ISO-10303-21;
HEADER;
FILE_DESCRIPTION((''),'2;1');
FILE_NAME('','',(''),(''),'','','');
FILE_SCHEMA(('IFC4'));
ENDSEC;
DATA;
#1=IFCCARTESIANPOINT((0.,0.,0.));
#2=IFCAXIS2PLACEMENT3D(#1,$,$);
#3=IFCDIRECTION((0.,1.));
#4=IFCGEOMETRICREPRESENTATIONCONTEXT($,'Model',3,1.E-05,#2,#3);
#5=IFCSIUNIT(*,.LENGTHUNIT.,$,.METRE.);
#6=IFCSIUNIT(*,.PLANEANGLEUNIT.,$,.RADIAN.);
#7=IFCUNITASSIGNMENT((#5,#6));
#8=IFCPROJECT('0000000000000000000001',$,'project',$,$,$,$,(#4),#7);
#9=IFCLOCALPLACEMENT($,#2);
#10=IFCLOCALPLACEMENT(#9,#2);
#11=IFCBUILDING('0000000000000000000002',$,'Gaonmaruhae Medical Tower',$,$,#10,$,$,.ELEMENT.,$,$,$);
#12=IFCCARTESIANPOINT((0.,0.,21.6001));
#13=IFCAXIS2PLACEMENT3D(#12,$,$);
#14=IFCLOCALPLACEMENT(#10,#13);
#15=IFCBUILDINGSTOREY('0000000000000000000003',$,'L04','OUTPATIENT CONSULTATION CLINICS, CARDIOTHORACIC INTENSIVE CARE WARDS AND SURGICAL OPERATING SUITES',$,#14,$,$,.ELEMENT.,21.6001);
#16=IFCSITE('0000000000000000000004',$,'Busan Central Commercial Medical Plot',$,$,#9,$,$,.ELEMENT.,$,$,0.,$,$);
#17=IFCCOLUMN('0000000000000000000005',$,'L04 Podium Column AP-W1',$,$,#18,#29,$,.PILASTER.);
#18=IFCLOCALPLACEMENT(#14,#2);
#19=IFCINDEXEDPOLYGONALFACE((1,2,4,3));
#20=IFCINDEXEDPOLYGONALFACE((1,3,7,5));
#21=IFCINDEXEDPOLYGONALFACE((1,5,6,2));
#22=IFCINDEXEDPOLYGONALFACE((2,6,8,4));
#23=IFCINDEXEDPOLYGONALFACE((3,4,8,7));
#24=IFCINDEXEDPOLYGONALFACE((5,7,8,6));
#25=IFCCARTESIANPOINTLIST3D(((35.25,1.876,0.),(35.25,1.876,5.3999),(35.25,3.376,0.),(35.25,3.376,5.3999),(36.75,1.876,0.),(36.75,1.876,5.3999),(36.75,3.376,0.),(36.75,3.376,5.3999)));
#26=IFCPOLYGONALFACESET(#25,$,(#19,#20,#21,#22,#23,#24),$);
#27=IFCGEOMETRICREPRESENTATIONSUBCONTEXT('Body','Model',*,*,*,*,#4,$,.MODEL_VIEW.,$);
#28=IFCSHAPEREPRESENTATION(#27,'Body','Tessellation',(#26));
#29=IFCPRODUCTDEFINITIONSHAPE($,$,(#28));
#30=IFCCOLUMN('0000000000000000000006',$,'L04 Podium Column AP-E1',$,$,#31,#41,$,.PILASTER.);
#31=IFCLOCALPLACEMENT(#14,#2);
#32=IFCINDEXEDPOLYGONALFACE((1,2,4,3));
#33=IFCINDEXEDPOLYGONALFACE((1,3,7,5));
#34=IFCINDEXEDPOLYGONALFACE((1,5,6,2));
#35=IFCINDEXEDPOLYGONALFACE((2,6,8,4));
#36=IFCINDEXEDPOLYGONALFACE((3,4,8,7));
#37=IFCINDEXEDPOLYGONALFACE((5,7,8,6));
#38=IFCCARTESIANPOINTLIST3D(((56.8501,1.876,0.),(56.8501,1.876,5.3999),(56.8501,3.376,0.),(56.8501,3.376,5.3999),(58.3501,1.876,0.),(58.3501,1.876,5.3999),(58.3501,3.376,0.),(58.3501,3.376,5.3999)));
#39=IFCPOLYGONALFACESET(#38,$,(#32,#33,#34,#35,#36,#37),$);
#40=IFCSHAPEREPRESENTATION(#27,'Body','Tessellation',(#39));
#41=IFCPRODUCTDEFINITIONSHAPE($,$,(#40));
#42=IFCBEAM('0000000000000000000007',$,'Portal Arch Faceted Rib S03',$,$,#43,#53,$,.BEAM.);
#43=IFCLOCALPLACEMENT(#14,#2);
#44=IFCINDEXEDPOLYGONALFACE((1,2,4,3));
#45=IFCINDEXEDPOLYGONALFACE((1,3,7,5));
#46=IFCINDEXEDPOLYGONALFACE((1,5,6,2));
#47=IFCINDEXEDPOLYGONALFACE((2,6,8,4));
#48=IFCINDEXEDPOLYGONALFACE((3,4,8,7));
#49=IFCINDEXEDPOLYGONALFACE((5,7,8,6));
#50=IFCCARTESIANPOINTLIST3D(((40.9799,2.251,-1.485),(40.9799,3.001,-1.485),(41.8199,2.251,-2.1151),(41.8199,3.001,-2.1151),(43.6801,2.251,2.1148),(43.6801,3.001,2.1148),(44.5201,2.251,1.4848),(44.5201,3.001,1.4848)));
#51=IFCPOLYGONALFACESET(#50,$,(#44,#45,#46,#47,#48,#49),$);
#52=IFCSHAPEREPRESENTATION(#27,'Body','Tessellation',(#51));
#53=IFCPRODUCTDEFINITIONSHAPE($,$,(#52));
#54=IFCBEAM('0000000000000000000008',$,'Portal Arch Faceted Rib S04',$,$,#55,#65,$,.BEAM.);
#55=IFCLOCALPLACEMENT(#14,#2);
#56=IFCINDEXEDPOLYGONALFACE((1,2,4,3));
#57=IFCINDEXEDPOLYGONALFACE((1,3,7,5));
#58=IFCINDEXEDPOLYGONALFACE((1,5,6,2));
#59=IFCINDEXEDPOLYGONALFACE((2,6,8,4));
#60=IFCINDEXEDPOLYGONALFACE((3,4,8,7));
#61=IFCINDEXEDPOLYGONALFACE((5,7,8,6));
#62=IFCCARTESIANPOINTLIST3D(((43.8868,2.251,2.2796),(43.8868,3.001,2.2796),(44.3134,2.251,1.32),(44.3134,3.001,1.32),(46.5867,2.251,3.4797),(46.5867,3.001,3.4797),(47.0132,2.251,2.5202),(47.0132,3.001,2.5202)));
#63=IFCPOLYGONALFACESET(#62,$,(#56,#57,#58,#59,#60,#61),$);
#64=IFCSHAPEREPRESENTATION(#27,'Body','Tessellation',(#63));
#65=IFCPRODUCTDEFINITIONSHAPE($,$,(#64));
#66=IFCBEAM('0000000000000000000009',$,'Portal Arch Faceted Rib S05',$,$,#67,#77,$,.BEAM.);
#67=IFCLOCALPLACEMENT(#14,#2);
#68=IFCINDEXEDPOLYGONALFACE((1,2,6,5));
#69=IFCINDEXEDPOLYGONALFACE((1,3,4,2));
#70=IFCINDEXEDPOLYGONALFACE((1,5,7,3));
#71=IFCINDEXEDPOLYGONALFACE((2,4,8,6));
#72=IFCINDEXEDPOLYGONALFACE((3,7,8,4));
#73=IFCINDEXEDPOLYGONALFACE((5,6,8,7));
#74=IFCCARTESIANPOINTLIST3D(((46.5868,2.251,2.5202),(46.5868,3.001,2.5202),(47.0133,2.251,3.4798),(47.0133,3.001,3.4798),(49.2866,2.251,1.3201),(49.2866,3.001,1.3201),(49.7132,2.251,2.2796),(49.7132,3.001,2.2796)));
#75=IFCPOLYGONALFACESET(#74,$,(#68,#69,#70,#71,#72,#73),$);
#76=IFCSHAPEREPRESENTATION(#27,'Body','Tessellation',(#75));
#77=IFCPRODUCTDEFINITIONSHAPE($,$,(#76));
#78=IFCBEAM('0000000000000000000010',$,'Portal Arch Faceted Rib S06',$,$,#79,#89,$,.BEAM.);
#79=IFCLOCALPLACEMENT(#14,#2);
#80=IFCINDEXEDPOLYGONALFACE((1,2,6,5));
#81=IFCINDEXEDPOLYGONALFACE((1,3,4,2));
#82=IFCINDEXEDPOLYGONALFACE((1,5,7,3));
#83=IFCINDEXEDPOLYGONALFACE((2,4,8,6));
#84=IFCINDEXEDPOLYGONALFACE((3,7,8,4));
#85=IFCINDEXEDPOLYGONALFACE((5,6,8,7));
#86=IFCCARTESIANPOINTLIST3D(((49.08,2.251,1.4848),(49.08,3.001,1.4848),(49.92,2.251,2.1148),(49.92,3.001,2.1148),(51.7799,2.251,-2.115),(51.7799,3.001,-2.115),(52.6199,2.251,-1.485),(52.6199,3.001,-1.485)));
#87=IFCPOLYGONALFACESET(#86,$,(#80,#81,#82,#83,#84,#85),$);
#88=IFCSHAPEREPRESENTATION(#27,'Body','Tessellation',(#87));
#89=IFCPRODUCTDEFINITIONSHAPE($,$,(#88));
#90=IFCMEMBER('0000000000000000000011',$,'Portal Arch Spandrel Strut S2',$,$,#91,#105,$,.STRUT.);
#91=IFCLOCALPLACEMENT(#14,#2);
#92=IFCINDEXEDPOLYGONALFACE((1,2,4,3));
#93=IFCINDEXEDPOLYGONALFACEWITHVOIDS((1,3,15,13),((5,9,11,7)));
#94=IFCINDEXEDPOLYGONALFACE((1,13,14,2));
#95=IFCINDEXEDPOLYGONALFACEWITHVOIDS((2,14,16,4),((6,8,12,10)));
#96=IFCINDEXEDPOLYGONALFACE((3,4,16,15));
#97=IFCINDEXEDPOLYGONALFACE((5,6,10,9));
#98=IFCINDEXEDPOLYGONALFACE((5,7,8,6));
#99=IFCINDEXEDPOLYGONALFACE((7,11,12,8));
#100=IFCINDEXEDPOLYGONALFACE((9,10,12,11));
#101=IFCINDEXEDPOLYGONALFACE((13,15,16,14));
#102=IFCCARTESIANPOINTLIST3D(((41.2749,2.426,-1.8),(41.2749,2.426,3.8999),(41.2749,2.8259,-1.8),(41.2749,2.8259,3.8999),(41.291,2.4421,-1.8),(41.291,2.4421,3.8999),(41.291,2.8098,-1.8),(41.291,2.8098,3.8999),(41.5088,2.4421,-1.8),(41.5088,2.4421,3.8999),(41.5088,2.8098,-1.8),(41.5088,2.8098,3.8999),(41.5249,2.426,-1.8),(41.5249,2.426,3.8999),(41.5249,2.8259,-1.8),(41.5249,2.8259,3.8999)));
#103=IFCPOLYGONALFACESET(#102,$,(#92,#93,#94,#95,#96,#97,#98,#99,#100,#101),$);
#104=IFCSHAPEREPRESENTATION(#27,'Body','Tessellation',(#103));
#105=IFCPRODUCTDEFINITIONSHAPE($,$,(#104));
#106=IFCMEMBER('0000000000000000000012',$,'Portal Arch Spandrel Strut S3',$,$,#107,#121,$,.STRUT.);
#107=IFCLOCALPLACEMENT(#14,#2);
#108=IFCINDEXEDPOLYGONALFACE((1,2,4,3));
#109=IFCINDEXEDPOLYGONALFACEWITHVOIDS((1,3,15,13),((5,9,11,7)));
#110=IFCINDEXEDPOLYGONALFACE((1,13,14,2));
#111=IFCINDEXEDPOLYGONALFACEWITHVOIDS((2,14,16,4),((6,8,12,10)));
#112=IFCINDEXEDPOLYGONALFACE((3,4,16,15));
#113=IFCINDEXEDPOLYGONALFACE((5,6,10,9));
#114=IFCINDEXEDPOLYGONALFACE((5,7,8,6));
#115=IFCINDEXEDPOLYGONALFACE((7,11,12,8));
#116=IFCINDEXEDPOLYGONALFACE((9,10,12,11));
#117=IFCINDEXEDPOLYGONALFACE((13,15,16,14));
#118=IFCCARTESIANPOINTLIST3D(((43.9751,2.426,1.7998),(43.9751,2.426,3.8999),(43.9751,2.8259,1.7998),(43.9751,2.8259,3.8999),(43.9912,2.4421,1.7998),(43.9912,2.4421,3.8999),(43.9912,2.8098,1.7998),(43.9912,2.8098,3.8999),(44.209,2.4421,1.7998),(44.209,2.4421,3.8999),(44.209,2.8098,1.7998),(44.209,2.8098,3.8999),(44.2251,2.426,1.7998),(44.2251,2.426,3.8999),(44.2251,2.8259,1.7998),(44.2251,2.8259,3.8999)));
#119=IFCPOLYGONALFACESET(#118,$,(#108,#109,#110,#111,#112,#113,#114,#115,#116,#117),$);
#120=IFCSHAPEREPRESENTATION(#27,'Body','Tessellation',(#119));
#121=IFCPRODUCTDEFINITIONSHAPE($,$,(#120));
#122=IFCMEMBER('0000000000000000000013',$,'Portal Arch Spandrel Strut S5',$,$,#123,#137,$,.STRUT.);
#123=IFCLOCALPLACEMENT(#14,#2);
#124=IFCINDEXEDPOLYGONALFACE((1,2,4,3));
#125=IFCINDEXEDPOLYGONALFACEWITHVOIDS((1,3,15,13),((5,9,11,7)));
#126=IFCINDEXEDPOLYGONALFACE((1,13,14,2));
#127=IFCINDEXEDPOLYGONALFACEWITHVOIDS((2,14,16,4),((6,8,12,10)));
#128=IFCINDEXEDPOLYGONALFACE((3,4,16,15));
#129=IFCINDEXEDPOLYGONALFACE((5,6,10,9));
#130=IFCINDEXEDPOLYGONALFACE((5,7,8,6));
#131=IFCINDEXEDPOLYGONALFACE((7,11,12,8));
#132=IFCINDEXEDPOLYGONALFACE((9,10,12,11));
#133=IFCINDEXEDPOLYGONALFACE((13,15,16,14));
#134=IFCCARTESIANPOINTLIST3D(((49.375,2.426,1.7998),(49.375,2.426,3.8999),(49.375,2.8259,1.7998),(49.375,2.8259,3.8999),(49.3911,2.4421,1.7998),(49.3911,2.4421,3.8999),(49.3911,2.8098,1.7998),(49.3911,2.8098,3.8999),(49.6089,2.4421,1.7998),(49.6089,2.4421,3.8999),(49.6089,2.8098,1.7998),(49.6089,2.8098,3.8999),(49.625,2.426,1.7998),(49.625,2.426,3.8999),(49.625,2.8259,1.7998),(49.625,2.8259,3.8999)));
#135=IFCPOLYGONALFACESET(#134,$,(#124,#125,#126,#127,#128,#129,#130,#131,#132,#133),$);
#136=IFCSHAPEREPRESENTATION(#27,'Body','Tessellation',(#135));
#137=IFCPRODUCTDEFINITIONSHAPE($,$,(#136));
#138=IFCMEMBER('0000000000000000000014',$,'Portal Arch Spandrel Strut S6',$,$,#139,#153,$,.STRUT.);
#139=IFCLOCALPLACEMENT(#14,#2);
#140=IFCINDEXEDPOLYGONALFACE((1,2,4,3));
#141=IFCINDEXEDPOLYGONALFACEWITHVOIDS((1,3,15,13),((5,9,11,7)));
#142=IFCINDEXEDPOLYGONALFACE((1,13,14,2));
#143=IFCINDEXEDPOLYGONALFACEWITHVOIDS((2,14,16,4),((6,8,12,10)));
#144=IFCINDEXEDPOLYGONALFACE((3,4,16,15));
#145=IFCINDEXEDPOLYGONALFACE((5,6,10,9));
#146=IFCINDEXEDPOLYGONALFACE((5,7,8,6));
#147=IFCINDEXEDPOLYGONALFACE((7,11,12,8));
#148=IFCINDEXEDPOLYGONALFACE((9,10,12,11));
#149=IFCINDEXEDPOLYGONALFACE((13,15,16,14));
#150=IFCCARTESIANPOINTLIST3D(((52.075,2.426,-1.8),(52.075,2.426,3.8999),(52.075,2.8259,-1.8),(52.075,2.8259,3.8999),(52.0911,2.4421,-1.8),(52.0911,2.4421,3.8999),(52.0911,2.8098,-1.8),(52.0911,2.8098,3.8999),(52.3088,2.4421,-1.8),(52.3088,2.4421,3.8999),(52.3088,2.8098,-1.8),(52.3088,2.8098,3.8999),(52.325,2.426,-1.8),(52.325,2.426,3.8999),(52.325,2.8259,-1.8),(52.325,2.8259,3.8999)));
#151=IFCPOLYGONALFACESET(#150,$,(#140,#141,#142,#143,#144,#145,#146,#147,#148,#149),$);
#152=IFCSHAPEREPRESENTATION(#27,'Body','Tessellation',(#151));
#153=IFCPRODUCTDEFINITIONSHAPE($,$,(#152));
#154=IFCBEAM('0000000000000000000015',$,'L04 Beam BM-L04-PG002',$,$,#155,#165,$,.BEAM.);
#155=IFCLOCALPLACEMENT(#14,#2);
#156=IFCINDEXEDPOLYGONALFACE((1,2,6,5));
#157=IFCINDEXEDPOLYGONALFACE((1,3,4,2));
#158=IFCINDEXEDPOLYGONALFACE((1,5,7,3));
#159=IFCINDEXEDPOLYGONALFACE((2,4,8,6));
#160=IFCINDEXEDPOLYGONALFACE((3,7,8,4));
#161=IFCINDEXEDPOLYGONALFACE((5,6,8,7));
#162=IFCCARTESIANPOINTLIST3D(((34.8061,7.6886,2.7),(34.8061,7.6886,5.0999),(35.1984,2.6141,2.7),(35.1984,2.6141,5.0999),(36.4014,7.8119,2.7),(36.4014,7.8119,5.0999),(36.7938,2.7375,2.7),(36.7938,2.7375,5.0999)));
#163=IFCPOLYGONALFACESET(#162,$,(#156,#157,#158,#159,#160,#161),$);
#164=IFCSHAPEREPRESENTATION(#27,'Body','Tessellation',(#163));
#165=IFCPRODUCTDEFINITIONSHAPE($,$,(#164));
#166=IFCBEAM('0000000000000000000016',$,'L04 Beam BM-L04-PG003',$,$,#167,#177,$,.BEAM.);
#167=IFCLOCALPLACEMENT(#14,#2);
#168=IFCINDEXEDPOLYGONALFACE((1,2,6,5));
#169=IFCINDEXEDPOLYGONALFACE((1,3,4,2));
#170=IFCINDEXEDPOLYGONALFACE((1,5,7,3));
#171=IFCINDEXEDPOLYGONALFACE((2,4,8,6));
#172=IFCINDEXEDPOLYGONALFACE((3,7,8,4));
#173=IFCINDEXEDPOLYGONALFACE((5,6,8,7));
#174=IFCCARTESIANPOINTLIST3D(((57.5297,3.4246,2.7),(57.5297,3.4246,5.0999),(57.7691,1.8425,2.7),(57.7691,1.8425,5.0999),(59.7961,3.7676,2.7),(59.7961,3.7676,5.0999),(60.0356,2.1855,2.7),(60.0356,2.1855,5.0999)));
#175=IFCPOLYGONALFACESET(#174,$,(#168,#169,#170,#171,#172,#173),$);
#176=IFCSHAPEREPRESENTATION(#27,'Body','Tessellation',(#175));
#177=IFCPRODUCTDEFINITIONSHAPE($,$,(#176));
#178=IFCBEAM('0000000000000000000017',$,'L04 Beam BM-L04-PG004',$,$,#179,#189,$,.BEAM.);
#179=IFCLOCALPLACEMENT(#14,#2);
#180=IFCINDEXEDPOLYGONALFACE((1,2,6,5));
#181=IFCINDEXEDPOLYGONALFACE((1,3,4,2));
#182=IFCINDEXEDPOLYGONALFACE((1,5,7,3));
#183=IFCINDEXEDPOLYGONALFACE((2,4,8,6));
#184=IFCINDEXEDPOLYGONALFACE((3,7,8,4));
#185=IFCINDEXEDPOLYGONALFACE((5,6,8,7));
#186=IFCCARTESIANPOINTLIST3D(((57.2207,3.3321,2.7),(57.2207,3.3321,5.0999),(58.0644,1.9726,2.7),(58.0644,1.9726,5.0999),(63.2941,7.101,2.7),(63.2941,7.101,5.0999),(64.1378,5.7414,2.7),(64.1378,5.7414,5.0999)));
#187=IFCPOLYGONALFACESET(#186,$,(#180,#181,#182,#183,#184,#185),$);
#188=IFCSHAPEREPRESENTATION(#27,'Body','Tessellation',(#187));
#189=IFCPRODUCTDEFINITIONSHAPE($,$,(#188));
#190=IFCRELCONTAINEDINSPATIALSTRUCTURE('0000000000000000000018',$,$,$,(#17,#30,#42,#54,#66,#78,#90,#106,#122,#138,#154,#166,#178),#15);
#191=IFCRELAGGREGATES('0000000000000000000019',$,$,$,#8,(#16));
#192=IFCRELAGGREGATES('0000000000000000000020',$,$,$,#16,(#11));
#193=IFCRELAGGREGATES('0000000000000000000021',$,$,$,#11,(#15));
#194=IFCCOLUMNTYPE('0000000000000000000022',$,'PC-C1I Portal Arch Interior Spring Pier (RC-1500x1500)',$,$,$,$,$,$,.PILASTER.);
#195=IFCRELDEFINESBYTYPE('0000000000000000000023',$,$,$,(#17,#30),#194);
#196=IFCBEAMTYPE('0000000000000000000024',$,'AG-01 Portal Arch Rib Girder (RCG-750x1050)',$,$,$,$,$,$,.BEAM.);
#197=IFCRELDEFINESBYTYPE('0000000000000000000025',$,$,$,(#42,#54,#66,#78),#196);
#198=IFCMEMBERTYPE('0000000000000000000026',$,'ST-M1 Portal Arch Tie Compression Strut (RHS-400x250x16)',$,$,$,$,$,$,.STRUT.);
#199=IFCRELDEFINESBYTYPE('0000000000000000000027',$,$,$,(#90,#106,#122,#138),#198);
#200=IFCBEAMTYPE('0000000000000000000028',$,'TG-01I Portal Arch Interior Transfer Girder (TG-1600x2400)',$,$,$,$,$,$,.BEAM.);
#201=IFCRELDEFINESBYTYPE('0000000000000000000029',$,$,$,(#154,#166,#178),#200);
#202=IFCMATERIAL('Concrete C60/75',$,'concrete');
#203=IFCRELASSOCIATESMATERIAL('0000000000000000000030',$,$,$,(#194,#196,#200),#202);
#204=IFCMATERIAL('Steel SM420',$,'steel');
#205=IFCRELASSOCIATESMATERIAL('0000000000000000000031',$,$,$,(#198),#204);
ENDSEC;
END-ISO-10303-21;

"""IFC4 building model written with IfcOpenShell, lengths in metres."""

from ifc_helpers import new_model, si_unit, direction, frame, origin, origin_2d, place, context, subcontext, project, spatial, rectangle, hollow_rectangle, extrude, material, material_profile, profile_set, type_object, element, save


model = new_model("IFC4")

# Units and contexts
model_context = context("Model", 3, precision=1e-05, world=origin(), true_north=direction((0.0, 1.0)))
body_context = subcontext(model_context, "Body", "Model", "MODEL_VIEW")
ifc_project = project(units=[si_unit("LENGTHUNIT", "METRE"), si_unit("PLANEANGLEUNIT", "RADIAN")], contexts=[model_context])

# Site, building, storey
site_placement = place(None, origin())
site = spatial("IfcSite", under=ifc_project, at=site_placement, Name="Busan Central Commercial Medical Plot", CompositionType="ELEMENT", RefElevation=0.0)
building_placement = place(site_placement, origin())
building = spatial("IfcBuilding", under=site, at=building_placement, Name="Gaonmaruhae Medical Tower", CompositionType="ELEMENT")
storey_placement = place(building_placement, frame((0.0, 0.0, 21.6001)))
storey = spatial("IfcBuildingStorey", under=building, at=storey_placement, Name="L04", Description="OUTPATIENT CONSULTATION CLINICS, CARDIOTHORACIC INTENSIVE CARE WARDS AND SURGICAL OPERATING SUITES", CompositionType="ELEMENT", Elevation=21.6001)

# Columns
ifc_material_1 = material(Name="Concrete C60/75", Category="concrete")
ifc_material_profile_1 = material_profile(ifc_material_1, rectangle(XDim=1.5, YDim=1.5, at=origin_2d()), Name="RC-1500x1500")
ifc_profile_set_1 = profile_set([ifc_material_profile_1], Name="Concrete C60/75")
column_type = type_object("IfcColumnType", Name="PC-C1I Portal Arch Interior Spring Pier (RC-1500x1500)", PredefinedType="PILASTER", material=ifc_profile_set_1)
for number, where, z_axis, x_axis, name in (
    (1, (36.0, 2.626, 0.0), (0.0, 0.0, 1.0), (1.0, 0.0, 0.0), "L04 Podium Column AP-W1"),
    (2, (57.6001, 2.626, 0.0), (0.0, 0.0, 1.0), (1.0, 0.0, 0.0), "L04 Podium Column AP-E1"),
):
    element("IfcColumn", number, at=place(storey_placement, frame(where, z_axis=z_axis, x_axis=x_axis)), inside=storey, type_object=column_type, Name=name, PredefinedType="PILASTER", context=body_context, shape_type="SweptSolid", body=[
        extrude(rectangle(XDim=1.5, YDim=1.5, at=origin_2d()), origin(), (0.0, 0.0, 1.0), 5.3999),
    ])

# Beams
ifc_material_profile_2 = material_profile(ifc_material_1, rectangle(XDim=0.75, YDim=1.05, at=origin_2d()), Name="RCG-750x1050")
ifc_profile_set_2 = profile_set([ifc_material_profile_2], Name="Concrete C60/75")
beam_type_1 = type_object("IfcBeamType", Name="AG-01 Portal Arch Rib Girder (RCG-750x1050)", PredefinedType="BEAM", material=ifc_profile_set_2)
beam_1_placement = place(storey_placement, frame((41.3999, 2.626, -1.8), z_axis=(0.600043, 0.0, 0.799967), x_axis=(0.0, 1.0, 0.0)))
element("IfcBeam", 3, at=beam_1_placement, inside=storey, type_object=beam_type_1, Name="Portal Arch Faceted Rib S03", PredefinedType="BEAM", context=body_context, shape_type="SweptSolid", body=[
    extrude(rectangle(XDim=0.75, YDim=1.05, at=origin_2d()), origin(), (0.0, 0.0, 1.0), 4.5),
])
for number, where, z_axis, x_axis, name in (
    (4, (44.1001, 2.626, 1.7998), (0.913784, 0.0, 0.4062), (0.0, 1.0, 0.0), "Portal Arch Faceted Rib S04"),
    (5, (46.8, 2.626, 3.0), (0.913784, 0.0, -0.4062), (0.0, 1.0, 0.0), "Portal Arch Faceted Rib S05"),
):
    element("IfcBeam", number, at=place(storey_placement, frame(where, z_axis=z_axis, x_axis=x_axis)), inside=storey, type_object=beam_type_1, Name=name, PredefinedType="BEAM", context=body_context, shape_type="SweptSolid", body=[
        extrude(rectangle(XDim=0.75, YDim=1.05, at=origin_2d()), origin(), (0.0, 0.0, 1.0), 2.9546),
    ])
beam_2_placement = place(storey_placement, frame((49.5, 2.626, 1.7998), z_axis=(0.600009, 0.0, -0.799993), x_axis=(0.0, 1.0, 0.0)))
element("IfcBeam", 6, at=beam_2_placement, inside=storey, type_object=beam_type_1, Name="Portal Arch Faceted Rib S06", PredefinedType="BEAM", context=body_context, shape_type="SweptSolid", body=[
    extrude(rectangle(XDim=0.75, YDim=1.05, at=origin_2d()), origin(), (0.0, 0.0, 1.0), 4.4998),
])

# Members
ifc_material_2 = material(Name="Steel SM420", Category="steel")
ifc_material_profile_3 = material_profile(ifc_material_2, hollow_rectangle(XDim=0.25, YDim=0.3999, WallThickness=0.0161, at=origin_2d()), Name="RHS-400x250x16")
ifc_profile_set_3 = profile_set([ifc_material_profile_3], Name="Steel SM420")
member_type = type_object("IfcMemberType", Name="ST-M1 Portal Arch Tie Compression Strut (RHS-400x250x16)", PredefinedType="STRUT", material=ifc_profile_set_3)
member_1_placement = place(storey_placement, frame((41.3999, 2.626, -1.8), z_axis=(0.0, 0.0, 1.0), x_axis=(1.0, 0.0, 0.0)))
element("IfcMember", 7, at=member_1_placement, inside=storey, type_object=member_type, Name="Portal Arch Spandrel Strut S2", PredefinedType="STRUT", context=body_context, shape_type="SweptSolid", body=[
    extrude(hollow_rectangle(XDim=0.25, YDim=0.3999, WallThickness=0.0161, at=origin_2d()), origin(), (0.0, 0.0, 1.0), 5.7),
])
for number, where, z_axis, x_axis, name in (
    (8, (44.1001, 2.626, 1.7998), (0.0, 0.0, 1.0), (1.0, 0.0, 0.0), "Portal Arch Spandrel Strut S3"),
    (9, (49.5, 2.626, 1.7998), (0.0, 0.0, 1.0), (1.0, 0.0, 0.0), "Portal Arch Spandrel Strut S5"),
):
    element("IfcMember", number, at=place(storey_placement, frame(where, z_axis=z_axis, x_axis=x_axis)), inside=storey, type_object=member_type, Name=name, PredefinedType="STRUT", context=body_context, shape_type="SweptSolid", body=[
        extrude(hollow_rectangle(XDim=0.25, YDim=0.3999, WallThickness=0.0161, at=origin_2d()), origin(), (0.0, 0.0, 1.0), 2.1001),
    ])
member_2_placement = place(storey_placement, frame((52.2, 2.626, -1.8), z_axis=(0.0, 0.0, 1.0), x_axis=(1.0, 0.0, 0.0)))
element("IfcMember", 10, at=member_2_placement, inside=storey, type_object=member_type, Name="Portal Arch Spandrel Strut S6", PredefinedType="STRUT", context=body_context, shape_type="SweptSolid", body=[
    extrude(hollow_rectangle(XDim=0.25, YDim=0.3999, WallThickness=0.0161, at=origin_2d()), origin(), (0.0, 0.0, 1.0), 5.7),
])

# Beams
ifc_material_profile_4 = material_profile(ifc_material_1, rectangle(XDim=1.6001, YDim=2.3999, at=origin_2d()), Name="TG-1600x2400")
ifc_profile_set_4 = profile_set([ifc_material_profile_4], Name="Concrete C60/75")
beam_type_2 = type_object("IfcBeamType", Name="TG-01I Portal Arch Interior Transfer Girder (TG-1600x2400)", PredefinedType="BEAM", material=ifc_profile_set_4)
beam_3_placement = place(storey_placement, frame((35.9961, 2.6758, 3.8999), z_axis=(-0.077085, 0.997024, 0.0), x_axis=(-0.997024, -0.077085, 0.0)))
element("IfcBeam", 11, at=beam_3_placement, inside=storey, type_object=beam_type_2, Name="L04 Beam BM-L04-PG002", PredefinedType="BEAM", context=body_context, shape_type="SweptSolid", body=[
    extrude(rectangle(XDim=1.6001, YDim=2.3999, at=origin_2d()), origin(), (0.0, 0.0, 1.0), 5.0896),
])
beam_4_placement = place(storey_placement, frame((57.6494, 2.6335, 3.8999), z_axis=(0.988739, 0.149648, 0.0), x_axis=(-0.149648, 0.988739, 0.0)))
element("IfcBeam", 12, at=beam_4_placement, inside=storey, type_object=beam_type_2, Name="L04 Beam BM-L04-PG003", PredefinedType="BEAM", context=body_context, shape_type="SweptSolid", body=[
    extrude(rectangle(XDim=1.6001, YDim=2.3999, at=origin_2d()), origin(), (0.0, 0.0, 1.0), 2.2922),
])
beam_5_placement = place(storey_placement, frame((57.6426, 2.6523, 3.8999), z_axis=(0.84969, 0.527282, 0.0), x_axis=(-0.527282, 0.84969, 0.0)))
element("IfcBeam", 13, at=beam_5_placement, inside=storey, type_object=beam_type_2, Name="L04 Beam BM-L04-PG004", PredefinedType="BEAM", context=body_context, shape_type="SweptSolid", body=[
    extrude(rectangle(XDim=1.6001, YDim=2.3999, at=origin_2d()), origin(), (0.0, 0.0, 1.0), 7.1477),
])

save(model, "model.ifc")
